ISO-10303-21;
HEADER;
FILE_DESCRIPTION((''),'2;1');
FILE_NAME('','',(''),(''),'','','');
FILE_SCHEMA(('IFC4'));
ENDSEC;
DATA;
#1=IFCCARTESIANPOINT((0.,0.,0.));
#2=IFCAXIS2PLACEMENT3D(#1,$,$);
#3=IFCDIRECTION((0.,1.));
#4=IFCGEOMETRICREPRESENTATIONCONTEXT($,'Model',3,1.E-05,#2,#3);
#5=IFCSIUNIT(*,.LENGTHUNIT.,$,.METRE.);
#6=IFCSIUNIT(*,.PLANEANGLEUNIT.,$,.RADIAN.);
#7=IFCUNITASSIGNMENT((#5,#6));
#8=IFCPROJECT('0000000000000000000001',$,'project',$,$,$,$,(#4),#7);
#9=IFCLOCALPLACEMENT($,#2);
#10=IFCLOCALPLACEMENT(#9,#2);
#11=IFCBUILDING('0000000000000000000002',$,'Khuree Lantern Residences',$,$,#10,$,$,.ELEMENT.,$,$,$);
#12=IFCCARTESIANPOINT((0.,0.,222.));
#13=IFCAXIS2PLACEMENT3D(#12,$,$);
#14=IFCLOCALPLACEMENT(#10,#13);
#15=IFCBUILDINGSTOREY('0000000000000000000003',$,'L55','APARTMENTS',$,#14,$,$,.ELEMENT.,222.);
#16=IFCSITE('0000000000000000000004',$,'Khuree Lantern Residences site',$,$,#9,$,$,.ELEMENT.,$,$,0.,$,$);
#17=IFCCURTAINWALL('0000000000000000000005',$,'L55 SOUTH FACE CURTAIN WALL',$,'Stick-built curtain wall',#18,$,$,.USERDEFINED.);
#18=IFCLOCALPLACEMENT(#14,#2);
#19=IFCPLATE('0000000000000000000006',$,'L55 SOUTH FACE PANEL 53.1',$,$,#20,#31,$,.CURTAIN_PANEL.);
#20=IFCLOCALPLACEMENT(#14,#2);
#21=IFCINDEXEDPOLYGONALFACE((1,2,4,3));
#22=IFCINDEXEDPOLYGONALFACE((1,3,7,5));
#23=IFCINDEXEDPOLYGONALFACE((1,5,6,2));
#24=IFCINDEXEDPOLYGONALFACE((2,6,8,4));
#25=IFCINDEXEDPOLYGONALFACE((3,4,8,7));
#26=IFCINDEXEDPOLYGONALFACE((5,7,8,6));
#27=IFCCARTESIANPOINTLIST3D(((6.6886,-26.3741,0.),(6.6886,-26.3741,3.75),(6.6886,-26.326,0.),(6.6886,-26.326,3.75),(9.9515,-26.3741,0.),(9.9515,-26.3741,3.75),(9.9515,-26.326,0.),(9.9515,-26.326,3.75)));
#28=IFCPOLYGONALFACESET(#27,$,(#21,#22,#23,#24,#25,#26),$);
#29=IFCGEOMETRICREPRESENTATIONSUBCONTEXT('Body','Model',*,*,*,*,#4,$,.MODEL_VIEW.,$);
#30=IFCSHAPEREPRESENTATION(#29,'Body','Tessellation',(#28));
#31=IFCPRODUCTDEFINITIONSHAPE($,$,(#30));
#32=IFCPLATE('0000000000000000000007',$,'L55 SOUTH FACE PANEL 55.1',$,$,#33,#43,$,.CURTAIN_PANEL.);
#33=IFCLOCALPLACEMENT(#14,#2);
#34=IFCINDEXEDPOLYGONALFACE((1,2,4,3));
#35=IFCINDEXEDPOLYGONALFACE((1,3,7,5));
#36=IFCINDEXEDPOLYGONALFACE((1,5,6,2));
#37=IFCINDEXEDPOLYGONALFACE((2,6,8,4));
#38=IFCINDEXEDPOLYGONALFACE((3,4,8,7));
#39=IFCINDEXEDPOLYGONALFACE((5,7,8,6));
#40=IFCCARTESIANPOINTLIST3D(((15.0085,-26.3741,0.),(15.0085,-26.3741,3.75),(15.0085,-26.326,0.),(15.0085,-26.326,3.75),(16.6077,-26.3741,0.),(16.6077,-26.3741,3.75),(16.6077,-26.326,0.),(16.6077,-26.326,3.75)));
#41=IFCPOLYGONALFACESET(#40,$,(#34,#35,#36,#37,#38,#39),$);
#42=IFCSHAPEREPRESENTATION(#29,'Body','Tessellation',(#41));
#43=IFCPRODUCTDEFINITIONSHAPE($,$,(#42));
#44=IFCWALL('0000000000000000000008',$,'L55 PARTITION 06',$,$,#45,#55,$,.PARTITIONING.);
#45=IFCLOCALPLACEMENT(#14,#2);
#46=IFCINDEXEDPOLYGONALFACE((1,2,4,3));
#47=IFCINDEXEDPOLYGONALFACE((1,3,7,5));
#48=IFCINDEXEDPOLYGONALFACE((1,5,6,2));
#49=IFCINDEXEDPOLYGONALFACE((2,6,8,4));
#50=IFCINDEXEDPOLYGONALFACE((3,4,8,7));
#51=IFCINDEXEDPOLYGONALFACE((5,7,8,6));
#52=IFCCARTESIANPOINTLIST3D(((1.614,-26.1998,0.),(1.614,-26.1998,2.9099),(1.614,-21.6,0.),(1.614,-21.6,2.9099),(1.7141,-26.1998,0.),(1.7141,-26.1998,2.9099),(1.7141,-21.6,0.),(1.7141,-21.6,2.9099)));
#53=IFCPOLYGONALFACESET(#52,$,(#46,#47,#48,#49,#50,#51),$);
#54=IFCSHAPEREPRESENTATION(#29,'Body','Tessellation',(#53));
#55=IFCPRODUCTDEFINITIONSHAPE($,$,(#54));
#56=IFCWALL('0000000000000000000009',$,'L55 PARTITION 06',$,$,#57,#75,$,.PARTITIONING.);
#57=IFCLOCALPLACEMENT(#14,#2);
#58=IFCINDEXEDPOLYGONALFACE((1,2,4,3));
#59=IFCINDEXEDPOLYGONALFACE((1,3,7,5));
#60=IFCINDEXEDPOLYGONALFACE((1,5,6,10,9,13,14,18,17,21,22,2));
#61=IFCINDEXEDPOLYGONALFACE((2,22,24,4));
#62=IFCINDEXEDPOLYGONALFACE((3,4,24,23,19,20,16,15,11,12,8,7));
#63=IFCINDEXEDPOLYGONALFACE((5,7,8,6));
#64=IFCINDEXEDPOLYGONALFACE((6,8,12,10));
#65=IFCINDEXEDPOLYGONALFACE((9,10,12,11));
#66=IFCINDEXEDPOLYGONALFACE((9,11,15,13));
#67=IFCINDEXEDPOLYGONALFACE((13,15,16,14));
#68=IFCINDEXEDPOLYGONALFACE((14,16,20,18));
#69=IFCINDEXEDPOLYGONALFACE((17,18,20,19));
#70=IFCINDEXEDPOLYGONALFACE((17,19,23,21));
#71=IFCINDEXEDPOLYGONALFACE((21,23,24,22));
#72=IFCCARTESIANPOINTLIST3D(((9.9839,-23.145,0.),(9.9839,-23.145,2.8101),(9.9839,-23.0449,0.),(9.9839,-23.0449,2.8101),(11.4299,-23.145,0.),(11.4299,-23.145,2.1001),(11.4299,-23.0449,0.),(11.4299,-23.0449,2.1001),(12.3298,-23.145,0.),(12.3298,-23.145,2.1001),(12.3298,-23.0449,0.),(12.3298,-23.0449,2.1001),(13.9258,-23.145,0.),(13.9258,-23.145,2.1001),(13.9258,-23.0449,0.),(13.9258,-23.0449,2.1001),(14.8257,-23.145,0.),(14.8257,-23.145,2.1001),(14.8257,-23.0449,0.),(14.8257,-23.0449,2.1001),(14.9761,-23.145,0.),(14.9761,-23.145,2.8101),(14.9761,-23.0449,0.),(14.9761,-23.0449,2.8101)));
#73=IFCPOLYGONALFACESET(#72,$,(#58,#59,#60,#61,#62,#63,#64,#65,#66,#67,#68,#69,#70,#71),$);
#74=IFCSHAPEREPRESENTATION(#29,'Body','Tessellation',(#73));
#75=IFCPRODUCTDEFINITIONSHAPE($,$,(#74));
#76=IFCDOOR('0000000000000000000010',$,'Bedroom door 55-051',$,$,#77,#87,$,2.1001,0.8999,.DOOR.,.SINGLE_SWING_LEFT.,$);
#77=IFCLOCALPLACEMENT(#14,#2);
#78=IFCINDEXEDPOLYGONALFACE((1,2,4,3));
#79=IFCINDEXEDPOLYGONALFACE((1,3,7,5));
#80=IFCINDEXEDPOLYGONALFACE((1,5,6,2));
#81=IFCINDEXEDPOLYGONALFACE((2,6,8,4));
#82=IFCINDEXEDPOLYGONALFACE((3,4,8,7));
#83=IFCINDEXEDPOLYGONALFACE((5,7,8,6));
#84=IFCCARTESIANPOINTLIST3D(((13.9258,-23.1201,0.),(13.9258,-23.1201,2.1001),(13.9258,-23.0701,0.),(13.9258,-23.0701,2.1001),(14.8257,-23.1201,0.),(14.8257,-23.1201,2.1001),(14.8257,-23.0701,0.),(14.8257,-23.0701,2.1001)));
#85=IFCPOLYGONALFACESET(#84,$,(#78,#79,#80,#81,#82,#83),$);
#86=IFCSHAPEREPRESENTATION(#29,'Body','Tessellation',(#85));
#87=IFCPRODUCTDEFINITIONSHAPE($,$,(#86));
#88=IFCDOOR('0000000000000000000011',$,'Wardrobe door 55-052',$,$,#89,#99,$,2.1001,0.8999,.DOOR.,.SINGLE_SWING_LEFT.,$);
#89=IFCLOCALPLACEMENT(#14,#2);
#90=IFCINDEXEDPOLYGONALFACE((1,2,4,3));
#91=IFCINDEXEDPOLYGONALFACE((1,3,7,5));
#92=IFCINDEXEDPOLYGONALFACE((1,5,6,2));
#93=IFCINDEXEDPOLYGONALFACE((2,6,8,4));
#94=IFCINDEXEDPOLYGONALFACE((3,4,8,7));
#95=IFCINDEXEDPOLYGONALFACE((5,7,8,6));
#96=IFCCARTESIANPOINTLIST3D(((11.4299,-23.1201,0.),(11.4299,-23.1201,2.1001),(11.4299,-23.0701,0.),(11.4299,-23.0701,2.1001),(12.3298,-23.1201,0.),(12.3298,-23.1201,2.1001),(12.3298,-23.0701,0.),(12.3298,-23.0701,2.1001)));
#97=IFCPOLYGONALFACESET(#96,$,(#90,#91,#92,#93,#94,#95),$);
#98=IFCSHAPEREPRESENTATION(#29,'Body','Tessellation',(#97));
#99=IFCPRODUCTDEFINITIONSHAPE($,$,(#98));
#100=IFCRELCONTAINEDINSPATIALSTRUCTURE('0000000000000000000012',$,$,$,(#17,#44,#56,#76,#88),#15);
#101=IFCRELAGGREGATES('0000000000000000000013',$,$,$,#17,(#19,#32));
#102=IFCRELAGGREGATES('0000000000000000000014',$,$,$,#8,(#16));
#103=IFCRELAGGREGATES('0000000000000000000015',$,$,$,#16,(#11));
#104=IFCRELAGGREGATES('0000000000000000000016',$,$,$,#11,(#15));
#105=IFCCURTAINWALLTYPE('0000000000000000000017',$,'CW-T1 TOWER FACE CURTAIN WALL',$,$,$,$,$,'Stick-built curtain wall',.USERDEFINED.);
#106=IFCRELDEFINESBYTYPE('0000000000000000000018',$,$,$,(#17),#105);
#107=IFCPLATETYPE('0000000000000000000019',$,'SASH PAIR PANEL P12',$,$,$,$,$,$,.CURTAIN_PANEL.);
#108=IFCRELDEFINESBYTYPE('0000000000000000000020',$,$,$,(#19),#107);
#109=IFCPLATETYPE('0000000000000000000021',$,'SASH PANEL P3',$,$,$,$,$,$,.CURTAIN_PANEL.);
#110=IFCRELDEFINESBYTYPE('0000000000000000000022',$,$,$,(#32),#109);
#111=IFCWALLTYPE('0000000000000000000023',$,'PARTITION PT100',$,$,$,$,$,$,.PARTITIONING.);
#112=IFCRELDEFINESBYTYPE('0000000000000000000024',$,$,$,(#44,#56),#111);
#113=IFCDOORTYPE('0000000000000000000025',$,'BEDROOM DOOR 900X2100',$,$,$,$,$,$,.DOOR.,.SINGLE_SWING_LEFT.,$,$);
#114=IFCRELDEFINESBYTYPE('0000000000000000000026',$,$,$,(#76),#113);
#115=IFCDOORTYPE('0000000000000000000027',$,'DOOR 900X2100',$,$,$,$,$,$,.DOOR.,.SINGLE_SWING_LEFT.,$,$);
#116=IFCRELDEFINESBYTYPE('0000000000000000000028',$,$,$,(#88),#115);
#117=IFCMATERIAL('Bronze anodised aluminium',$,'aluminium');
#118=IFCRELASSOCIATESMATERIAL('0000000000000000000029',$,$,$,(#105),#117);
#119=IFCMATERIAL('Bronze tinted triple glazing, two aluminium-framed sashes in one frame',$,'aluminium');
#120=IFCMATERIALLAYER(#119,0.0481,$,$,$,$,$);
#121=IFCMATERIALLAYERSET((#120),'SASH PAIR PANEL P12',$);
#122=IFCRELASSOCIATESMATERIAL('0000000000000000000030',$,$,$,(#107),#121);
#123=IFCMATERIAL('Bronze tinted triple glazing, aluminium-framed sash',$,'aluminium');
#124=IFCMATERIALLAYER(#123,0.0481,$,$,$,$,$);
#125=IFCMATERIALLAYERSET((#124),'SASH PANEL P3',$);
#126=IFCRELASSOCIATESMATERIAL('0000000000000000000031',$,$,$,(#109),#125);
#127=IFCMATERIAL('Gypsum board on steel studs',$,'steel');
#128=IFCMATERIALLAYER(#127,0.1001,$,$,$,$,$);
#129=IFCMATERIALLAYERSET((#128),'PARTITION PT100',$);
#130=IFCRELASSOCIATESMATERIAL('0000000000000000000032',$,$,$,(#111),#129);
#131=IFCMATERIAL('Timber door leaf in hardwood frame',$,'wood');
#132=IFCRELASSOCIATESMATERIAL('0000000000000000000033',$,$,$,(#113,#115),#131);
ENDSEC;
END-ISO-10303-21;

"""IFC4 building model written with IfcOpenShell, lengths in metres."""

from ifc_helpers import new_model, si_unit, direction, frame, frame_2d, origin, origin_2d, place, context, subcontext, project, spatial, rectangle, extrude, material, layer, layer_set, type_object, element, fill, aggregate, save


model = new_model("IFC4")

# Units and contexts
model_context = context("Model", 3, precision=1e-05, world=origin(), true_north=direction((0.0, 1.0)))
body_context = subcontext(model_context, "Body", "Model", "MODEL_VIEW")
ifc_project = project(units=[si_unit("LENGTHUNIT", "METRE"), si_unit("PLANEANGLEUNIT", "RADIAN")], contexts=[model_context])

# Site, building, storey
site_placement = place(None, origin())
site = spatial("IfcSite", under=ifc_project, at=site_placement, Name="Khuree Lantern Residences site", CompositionType="ELEMENT", RefElevation=0.0)
building_placement = place(site_placement, origin())
building = spatial("IfcBuilding", under=site, at=building_placement, Name="Khuree Lantern Residences", CompositionType="ELEMENT")
storey_placement = place(building_placement, frame((0.0, 0.0, 222.0)))
storey = spatial("IfcBuildingStorey", under=building, at=storey_placement, Name="L55", Description="APARTMENTS", CompositionType="ELEMENT", Elevation=222.0)

# Curtain wall
ifc_material_1 = material(Name="Bronze anodised aluminium", Category="aluminium")
curtain_wall_type = type_object("IfcCurtainWallType", Name="CW-T1 TOWER FACE CURTAIN WALL", ElementType="Stick-built curtain wall", PredefinedType="USERDEFINED", material=ifc_material_1)
curtain_wall_placement = place(storey_placement, origin())
curtain_wall = element("IfcCurtainWall", 1, at=curtain_wall_placement, inside=storey, type_object=curtain_wall_type, Name="L55 SOUTH FACE CURTAIN WALL", ObjectType="Stick-built curtain wall", PredefinedType="USERDEFINED")

# Plates
ifc_material_2 = material(Name="Bronze tinted triple glazing, two aluminium-framed sashes in one frame", Category="aluminium")
ifc_layer_1 = layer(ifc_material_2, 0.0481)
ifc_layer_set_1 = layer_set([ifc_layer_1], Name="SASH PAIR PANEL P12")
plate_type_1 = type_object("IfcPlateType", Name="SASH PAIR PANEL P12", PredefinedType="CURTAIN_PANEL", material=ifc_layer_set_1)
plate_1_placement = place(storey_placement, frame((8.3201, -26.3501, 0.0), z_axis=(0.0, 0.0, 1.0), x_axis=(1.0, 0.0, 0.0)))
plate_1 = element("IfcPlate", 2, at=plate_1_placement, type_object=plate_type_1, Name="L55 SOUTH FACE PANEL 53.1", PredefinedType="CURTAIN_PANEL", context=body_context, shape_type="SweptSolid", body=[
    extrude(rectangle(XDim=3.2629, YDim=0.0481, at=origin_2d()), origin(), (0.0, 0.0, 1.0), 3.75),
])
ifc_material_3 = material(Name="Bronze tinted triple glazing, aluminium-framed sash", Category="aluminium")
ifc_layer_2 = layer(ifc_material_3, 0.0481)
ifc_layer_set_2 = layer_set([ifc_layer_2], Name="SASH PANEL P3")
plate_type_2 = type_object("IfcPlateType", Name="SASH PANEL P3", PredefinedType="CURTAIN_PANEL", material=ifc_layer_set_2)
plate_2_placement = place(storey_placement, frame((15.8081, -26.3501, 0.0), z_axis=(0.0, 0.0, 1.0), x_axis=(1.0, 0.0, 0.0)))
plate_2 = element("IfcPlate", 3, at=plate_2_placement, type_object=plate_type_2, Name="L55 SOUTH FACE PANEL 55.1", PredefinedType="CURTAIN_PANEL", context=body_context, shape_type="SweptSolid", body=[
    extrude(rectangle(XDim=1.5991, YDim=0.0481, at=origin_2d()), origin(), (0.0, 0.0, 1.0), 3.75),
])
aggregate(curtain_wall, [plate_1, plate_2])

# Wall
ifc_material_4 = material(Name="Gypsum board on steel studs", Category="steel")
ifc_layer_3 = layer(ifc_material_4, 0.1001)
ifc_layer_set_3 = layer_set([ifc_layer_3], Name="PARTITION PT100")
wall_type = type_object("IfcWallType", Name="PARTITION PT100", PredefinedType="PARTITIONING", material=ifc_layer_set_3)
wall_1_placement = place(storey_placement, frame((1.6641, -21.6001, 0.0), z_axis=(0.0, 0.0, 1.0), x_axis=(0.0, -1.0, 0.0)))
element("IfcWall", 4, at=wall_1_placement, inside=storey, type_object=wall_type, Name="L55 PARTITION 06", PredefinedType="PARTITIONING", context=body_context, shape_type="SweptSolid", body=[
    extrude(rectangle(XDim=4.5999, YDim=0.1001, at=frame_2d((2.2998, 0.0))), origin(), (0.0, 0.0, 1.0), 2.9099),
])

# Wall, openings, doors
wall_2_placement = place(storey_placement, frame((9.9839, -23.095, 0.0), z_axis=(0.0, 0.0, 1.0), x_axis=(1.0, 0.0, 0.0)))
wall_2 = element("IfcWall", 5, at=wall_2_placement, inside=storey, type_object=wall_type, Name="L55 PARTITION 06", PredefinedType="PARTITIONING", context=body_context, shape_type="SweptSolid", body=[
    extrude(rectangle(XDim=4.9922, YDim=0.1001, at=frame_2d((2.4961, 0.0))), origin(), (0.0, 0.0, 1.0), 2.8101),
])
opening_1_placement = place(wall_2_placement, frame((3.9419, 0.0, 0.0)))
opening_1 = element("IfcOpeningElement", 6, at=opening_1_placement, cuts=wall_2, PredefinedType="OPENING", context=body_context, shape_type="SweptSolid", body=[
    extrude(rectangle(XDim=0.8999, YDim=2.1001, at=frame_2d((0.45, 1.05))), frame((0.0, 0.0601, 0.0), z_axis=(0.0, -1.0, 0.0), x_axis=(1.0, 0.0, 0.0)), (0.0, 0.0, 1.0), 0.1201),
])
opening_2_placement = place(wall_2_placement, frame((1.446, 0.0, 0.0)))
opening_2 = element("IfcOpeningElement", 7, at=opening_2_placement, cuts=wall_2, PredefinedType="OPENING", context=body_context, shape_type="SweptSolid", body=[
    extrude(rectangle(XDim=0.8999, YDim=2.1001, at=frame_2d((0.45, 1.05))), frame((0.0, 0.0601, 0.0), z_axis=(0.0, -1.0, 0.0), x_axis=(1.0, 0.0, 0.0)), (0.0, 0.0, 1.0), 0.1201),
])
ifc_material_5 = material(Name="Timber door leaf in hardwood frame", Category="wood")
door_type_1 = type_object("IfcDoorType", Name="BEDROOM DOOR 900X2100", OperationType="SINGLE_SWING_LEFT", PredefinedType="DOOR", material=ifc_material_5)
door_1_placement = place(opening_1_placement, origin())
door_1 = element("IfcDoor", 8, at=door_1_placement, inside=storey, type_object=door_type_1, Name="Bedroom door 55-051", OperationType="SINGLE_SWING_LEFT", OverallHeight=2.1001, OverallWidth=0.8999, PredefinedType="DOOR", context=body_context, shape_type="SweptSolid", body=[
    extrude(rectangle(XDim=0.8999, YDim=2.1001, at=frame_2d((0.45, 1.05))), frame((0.0, 0.0249, 0.0), z_axis=(0.0, -1.0, 0.0), x_axis=(1.0, 0.0, 0.0)), (0.0, 0.0, 1.0), 0.05),
])
fill(opening_1, door_1)
door_type_2 = type_object("IfcDoorType", Name="DOOR 900X2100", OperationType="SINGLE_SWING_LEFT", PredefinedType="DOOR", material=ifc_material_5)
door_2_placement = place(opening_2_placement, origin())
door_2 = element("IfcDoor", 9, at=door_2_placement, inside=storey, type_object=door_type_2, Name="Wardrobe door 55-052", OperationType="SINGLE_SWING_LEFT", OverallHeight=2.1001, OverallWidth=0.8999, PredefinedType="DOOR", context=body_context, shape_type="SweptSolid", body=[
    extrude(rectangle(XDim=0.8999, YDim=2.1001, at=frame_2d((0.45, 1.05))), frame((0.0, 0.0249, 0.0), z_axis=(0.0, -1.0, 0.0), x_axis=(1.0, 0.0, 0.0)), (0.0, 0.0, 1.0), 0.05),
])
fill(opening_2, door_2)

save(model, "model.ifc")
